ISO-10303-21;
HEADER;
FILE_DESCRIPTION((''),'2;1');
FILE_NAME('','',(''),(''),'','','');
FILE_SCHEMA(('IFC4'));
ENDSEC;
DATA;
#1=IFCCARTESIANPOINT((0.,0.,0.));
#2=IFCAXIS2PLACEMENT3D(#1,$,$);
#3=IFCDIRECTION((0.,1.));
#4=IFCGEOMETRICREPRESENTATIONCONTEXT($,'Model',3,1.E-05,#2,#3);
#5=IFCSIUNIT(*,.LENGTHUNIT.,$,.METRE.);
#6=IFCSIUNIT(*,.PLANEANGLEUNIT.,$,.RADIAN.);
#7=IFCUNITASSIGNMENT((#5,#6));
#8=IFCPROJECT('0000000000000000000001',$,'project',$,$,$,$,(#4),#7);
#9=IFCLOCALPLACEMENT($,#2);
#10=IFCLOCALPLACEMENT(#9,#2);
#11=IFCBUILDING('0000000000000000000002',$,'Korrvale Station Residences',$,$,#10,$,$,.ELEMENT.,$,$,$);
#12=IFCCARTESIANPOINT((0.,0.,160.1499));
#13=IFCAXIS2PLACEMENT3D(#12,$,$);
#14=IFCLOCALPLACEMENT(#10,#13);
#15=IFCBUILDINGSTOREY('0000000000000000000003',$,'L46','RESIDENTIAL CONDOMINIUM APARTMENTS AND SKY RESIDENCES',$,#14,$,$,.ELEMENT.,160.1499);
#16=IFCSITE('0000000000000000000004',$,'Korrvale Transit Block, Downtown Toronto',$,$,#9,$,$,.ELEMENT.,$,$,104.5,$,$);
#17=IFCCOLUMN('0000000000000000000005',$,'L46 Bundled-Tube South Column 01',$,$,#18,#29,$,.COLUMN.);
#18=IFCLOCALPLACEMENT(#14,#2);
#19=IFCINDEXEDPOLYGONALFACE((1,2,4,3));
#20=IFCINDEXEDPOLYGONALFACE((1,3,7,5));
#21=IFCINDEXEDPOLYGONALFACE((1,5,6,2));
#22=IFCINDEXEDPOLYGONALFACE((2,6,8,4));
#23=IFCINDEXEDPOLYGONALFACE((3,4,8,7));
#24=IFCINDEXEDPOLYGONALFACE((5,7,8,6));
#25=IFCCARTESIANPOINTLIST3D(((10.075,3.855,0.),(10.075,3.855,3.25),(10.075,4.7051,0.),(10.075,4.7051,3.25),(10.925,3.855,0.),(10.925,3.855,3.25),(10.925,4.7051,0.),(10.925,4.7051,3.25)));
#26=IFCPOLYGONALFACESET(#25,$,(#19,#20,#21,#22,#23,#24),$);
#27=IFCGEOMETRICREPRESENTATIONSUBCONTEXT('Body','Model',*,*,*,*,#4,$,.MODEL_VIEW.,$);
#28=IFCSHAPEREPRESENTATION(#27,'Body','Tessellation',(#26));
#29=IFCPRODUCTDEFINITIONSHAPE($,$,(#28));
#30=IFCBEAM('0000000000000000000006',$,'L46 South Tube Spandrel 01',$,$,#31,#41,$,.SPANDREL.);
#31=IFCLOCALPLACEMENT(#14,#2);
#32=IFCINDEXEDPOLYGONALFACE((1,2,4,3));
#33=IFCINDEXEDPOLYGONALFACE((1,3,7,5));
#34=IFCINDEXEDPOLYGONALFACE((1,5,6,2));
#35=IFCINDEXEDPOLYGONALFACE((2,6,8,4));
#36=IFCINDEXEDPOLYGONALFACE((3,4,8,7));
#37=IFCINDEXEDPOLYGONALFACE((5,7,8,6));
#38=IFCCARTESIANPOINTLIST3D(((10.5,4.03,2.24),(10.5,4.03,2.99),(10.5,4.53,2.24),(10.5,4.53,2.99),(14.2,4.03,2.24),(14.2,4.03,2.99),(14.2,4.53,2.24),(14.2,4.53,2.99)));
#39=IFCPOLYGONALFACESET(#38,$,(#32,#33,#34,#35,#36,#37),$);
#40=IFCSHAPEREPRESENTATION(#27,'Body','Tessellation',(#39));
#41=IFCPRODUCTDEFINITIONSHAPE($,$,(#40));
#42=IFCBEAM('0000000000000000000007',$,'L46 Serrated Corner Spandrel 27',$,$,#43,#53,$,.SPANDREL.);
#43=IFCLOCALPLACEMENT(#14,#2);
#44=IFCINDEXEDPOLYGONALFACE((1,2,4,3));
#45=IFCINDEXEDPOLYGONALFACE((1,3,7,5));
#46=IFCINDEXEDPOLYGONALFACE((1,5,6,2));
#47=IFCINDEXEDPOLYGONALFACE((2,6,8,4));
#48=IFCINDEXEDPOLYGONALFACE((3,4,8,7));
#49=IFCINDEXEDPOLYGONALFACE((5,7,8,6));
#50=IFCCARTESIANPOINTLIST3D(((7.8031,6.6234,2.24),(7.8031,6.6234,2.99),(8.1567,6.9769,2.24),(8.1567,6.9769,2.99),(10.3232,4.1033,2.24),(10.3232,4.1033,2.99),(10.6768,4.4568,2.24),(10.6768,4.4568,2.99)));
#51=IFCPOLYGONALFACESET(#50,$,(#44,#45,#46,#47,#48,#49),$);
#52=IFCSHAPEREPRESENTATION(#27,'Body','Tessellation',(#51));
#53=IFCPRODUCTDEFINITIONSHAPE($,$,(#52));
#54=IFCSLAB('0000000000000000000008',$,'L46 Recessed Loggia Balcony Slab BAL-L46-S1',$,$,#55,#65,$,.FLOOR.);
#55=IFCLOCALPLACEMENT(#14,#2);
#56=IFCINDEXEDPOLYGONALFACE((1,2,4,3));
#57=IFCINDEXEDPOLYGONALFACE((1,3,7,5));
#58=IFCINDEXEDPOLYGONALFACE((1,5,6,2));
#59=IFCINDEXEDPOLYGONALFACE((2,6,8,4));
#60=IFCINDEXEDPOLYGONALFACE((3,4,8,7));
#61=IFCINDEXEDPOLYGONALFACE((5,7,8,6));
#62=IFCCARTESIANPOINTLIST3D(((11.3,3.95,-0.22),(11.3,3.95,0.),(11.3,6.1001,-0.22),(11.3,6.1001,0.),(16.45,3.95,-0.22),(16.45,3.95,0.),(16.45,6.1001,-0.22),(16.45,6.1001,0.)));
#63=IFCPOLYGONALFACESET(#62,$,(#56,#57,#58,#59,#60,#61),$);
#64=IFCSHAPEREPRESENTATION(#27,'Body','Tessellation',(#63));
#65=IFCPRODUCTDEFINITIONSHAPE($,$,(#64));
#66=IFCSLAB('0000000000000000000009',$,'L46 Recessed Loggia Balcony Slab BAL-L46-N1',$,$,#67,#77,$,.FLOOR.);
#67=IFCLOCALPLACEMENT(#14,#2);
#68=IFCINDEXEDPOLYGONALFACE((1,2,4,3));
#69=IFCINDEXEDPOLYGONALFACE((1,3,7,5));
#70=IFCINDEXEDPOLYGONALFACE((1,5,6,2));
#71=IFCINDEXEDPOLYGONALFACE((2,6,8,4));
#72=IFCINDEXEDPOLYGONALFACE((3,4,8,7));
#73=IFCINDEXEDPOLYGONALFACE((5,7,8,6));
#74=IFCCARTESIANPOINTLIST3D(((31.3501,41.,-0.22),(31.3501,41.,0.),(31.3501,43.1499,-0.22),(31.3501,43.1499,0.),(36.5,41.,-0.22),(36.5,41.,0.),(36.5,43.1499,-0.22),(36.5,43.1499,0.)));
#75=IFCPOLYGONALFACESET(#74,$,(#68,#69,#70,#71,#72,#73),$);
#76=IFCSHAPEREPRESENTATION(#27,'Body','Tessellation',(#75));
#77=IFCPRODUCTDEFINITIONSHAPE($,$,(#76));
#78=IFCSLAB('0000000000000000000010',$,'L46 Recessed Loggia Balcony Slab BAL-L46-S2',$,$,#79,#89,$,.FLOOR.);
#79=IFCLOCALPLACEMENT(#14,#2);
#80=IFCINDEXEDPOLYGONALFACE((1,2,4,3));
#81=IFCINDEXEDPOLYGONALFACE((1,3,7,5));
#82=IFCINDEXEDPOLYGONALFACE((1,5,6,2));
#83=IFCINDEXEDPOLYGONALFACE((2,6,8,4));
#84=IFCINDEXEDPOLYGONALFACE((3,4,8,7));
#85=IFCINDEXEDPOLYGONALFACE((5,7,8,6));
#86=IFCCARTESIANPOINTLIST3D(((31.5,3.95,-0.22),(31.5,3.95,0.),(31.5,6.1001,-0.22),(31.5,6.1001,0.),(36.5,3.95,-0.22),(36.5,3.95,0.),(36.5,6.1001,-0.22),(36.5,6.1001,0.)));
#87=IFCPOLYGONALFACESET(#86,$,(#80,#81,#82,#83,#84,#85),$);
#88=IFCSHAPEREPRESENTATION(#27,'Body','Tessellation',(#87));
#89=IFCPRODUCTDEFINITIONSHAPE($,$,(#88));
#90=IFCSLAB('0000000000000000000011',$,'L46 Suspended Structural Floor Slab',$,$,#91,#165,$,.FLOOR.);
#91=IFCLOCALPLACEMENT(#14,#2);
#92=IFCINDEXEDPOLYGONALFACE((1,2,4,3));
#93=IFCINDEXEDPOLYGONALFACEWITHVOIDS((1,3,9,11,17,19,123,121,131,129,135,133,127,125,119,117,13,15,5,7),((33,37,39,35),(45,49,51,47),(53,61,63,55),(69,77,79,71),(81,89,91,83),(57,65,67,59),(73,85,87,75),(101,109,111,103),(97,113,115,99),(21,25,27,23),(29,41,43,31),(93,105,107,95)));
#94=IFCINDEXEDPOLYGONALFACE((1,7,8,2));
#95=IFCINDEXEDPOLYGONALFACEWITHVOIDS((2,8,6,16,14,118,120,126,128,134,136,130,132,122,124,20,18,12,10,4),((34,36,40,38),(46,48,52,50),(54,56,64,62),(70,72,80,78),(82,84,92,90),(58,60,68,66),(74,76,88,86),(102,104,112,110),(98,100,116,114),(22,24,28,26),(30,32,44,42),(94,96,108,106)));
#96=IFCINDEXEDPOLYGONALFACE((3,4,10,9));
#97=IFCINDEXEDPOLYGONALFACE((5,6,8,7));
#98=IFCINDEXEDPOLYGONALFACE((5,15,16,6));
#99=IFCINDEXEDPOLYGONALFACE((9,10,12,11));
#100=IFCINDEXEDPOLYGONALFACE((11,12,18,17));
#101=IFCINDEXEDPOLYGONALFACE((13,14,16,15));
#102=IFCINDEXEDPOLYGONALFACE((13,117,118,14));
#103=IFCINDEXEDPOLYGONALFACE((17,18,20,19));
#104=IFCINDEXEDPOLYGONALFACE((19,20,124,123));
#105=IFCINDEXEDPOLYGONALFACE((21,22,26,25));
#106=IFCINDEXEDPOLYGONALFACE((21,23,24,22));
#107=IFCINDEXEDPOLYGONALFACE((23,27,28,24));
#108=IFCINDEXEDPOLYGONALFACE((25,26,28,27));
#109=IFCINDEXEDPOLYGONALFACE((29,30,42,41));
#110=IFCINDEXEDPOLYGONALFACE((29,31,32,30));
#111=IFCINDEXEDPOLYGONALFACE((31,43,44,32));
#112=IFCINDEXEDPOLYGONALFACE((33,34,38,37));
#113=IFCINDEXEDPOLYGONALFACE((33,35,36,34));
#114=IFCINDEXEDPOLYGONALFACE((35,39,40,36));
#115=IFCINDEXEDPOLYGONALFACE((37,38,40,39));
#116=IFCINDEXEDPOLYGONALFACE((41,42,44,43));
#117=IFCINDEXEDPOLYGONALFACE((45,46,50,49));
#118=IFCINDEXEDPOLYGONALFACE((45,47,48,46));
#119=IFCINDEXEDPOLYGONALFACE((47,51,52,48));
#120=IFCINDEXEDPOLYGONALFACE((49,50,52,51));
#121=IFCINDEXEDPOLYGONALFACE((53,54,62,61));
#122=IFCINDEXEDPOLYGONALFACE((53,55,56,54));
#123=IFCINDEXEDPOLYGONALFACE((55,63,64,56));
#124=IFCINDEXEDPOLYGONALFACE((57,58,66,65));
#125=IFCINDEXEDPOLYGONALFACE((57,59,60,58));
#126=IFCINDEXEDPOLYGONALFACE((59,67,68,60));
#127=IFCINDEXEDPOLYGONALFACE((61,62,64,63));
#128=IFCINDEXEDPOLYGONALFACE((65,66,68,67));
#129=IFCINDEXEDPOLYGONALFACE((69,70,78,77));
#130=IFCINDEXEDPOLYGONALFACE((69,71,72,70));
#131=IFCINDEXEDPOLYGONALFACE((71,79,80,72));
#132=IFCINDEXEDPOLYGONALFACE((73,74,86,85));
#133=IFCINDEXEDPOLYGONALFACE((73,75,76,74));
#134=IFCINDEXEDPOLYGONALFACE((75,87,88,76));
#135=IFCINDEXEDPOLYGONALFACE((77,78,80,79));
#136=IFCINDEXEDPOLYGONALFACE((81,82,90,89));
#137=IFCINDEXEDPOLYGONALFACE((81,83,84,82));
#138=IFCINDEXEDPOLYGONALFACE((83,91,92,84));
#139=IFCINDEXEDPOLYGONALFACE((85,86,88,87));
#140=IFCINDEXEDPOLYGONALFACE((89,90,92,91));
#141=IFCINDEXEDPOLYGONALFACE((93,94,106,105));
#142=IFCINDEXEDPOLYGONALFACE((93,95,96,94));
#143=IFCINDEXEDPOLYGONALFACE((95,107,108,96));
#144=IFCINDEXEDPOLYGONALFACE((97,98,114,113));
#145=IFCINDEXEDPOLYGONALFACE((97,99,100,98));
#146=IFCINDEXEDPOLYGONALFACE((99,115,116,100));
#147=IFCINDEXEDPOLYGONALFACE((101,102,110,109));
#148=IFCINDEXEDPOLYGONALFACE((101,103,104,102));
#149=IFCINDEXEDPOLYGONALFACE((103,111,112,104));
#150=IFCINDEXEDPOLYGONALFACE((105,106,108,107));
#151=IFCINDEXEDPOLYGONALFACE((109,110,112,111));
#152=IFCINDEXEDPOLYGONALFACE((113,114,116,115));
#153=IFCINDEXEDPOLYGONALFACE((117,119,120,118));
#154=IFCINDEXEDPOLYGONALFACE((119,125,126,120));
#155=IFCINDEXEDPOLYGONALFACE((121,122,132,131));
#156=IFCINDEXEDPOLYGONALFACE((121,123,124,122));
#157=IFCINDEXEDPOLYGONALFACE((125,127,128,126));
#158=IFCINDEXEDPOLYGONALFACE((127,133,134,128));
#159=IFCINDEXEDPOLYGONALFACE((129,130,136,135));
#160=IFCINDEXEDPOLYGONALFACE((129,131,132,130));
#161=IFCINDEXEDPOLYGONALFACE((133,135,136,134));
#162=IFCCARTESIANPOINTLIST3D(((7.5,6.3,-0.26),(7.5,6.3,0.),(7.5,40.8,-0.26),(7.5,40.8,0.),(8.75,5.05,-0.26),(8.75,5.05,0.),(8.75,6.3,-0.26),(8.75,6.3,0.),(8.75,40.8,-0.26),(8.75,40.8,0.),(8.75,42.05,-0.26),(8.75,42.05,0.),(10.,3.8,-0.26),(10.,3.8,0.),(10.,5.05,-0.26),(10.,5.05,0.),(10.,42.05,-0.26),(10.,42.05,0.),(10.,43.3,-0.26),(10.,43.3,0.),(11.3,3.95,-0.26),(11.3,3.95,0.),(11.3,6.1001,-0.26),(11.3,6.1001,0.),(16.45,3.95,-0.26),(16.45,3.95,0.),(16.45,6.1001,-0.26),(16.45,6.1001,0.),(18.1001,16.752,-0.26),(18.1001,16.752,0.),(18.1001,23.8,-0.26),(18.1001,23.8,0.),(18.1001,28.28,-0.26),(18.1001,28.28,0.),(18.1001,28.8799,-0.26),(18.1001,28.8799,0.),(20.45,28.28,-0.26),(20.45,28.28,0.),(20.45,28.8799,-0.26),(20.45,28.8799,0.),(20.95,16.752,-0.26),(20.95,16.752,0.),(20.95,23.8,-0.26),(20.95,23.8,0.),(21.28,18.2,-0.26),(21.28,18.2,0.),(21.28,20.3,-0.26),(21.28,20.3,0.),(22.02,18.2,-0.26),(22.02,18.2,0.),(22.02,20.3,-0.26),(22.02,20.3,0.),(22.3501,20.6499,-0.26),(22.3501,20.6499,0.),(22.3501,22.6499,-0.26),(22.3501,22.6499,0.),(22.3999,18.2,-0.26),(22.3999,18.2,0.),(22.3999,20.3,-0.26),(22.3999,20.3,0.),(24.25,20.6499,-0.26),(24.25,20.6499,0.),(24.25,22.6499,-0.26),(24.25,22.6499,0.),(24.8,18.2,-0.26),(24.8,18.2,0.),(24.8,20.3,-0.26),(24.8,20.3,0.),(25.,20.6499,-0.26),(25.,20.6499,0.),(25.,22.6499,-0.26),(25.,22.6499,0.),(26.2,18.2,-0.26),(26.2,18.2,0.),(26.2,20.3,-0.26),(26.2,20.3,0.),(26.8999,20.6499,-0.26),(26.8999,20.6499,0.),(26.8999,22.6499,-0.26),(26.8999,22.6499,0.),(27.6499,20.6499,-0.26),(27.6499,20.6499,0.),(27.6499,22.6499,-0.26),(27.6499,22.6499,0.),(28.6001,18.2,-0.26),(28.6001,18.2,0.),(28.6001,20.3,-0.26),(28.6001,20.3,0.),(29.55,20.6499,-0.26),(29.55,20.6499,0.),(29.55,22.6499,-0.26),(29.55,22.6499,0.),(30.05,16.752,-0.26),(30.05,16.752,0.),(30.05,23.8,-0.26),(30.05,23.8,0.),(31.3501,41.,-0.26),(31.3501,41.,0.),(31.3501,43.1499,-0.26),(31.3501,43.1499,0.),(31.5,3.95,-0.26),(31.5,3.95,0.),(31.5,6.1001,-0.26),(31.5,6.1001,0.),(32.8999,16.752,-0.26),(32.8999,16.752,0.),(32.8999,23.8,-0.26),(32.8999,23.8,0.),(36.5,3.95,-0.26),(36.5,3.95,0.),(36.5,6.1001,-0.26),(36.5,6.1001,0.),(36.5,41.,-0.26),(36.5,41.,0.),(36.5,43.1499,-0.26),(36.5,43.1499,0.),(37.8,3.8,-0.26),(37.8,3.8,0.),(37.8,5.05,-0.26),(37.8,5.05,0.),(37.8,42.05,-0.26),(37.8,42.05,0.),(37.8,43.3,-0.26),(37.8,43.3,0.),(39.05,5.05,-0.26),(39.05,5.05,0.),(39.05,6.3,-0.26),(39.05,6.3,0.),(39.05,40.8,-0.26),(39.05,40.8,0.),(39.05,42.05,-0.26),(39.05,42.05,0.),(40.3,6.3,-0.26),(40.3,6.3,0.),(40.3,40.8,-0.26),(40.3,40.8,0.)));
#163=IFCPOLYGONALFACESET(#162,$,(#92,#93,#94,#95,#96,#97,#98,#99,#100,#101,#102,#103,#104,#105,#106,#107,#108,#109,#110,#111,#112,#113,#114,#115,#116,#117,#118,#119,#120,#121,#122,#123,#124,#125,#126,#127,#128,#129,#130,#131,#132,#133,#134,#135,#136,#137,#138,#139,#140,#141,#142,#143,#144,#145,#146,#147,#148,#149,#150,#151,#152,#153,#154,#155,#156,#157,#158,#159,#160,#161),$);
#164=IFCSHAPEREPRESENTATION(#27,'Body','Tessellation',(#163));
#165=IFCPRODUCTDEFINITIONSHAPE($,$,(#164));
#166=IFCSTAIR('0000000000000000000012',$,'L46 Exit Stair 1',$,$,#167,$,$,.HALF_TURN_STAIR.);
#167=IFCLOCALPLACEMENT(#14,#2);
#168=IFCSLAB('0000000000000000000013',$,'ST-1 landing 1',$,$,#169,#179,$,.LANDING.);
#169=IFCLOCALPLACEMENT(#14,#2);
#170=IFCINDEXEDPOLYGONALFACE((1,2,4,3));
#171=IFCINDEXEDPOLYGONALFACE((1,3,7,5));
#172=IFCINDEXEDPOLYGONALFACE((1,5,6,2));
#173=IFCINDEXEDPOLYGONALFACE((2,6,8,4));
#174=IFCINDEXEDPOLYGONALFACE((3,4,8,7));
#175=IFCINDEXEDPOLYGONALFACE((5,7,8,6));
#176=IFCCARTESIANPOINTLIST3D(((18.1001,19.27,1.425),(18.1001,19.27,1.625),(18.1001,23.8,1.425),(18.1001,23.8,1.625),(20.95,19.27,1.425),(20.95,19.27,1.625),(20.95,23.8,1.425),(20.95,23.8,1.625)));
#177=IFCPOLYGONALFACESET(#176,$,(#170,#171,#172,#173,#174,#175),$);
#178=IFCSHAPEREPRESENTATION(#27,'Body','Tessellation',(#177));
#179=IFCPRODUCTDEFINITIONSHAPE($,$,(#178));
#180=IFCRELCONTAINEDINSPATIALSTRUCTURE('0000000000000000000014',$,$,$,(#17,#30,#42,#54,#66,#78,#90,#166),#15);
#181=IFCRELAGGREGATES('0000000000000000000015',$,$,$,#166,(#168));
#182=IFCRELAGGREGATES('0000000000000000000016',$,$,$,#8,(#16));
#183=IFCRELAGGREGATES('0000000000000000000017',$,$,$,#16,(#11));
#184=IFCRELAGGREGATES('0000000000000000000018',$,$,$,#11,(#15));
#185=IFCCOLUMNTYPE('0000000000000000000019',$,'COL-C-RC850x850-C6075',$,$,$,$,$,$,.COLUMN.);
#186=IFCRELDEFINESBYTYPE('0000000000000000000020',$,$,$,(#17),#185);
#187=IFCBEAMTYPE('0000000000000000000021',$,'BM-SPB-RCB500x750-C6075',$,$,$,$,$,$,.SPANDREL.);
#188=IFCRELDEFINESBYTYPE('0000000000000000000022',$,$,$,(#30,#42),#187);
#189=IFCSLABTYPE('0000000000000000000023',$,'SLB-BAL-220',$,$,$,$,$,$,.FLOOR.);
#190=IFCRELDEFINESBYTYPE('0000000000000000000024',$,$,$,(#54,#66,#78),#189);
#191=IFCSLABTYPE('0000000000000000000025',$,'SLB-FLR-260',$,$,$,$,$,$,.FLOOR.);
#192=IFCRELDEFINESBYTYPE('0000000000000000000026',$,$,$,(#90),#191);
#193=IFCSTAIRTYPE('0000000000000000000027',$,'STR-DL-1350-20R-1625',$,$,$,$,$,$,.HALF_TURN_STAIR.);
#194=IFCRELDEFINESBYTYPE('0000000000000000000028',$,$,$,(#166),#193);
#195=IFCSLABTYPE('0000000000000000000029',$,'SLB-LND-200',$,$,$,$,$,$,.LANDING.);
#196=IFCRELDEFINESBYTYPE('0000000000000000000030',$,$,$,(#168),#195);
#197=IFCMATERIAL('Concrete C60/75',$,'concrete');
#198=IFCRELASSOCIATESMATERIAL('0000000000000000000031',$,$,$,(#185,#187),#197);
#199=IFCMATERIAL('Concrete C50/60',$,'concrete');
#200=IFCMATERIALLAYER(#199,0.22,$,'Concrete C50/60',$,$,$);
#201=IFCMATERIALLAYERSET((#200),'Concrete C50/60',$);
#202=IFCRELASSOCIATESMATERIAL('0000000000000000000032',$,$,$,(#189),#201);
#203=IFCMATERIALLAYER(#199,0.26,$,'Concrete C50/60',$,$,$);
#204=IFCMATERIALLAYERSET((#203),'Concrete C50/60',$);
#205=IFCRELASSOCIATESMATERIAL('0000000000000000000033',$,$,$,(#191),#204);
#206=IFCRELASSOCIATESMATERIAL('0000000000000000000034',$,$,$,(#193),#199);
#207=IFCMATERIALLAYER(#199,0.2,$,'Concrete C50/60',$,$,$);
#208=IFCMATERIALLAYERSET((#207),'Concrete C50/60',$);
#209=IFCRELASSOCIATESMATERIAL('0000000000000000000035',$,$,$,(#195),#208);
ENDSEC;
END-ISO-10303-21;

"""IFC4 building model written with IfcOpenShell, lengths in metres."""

from ifc_helpers import new_model, si_unit, direction, frame, origin, origin_2d, place, context, subcontext, project, spatial, polyline, rectangle, outline, extrude, material, layer, layer_set, material_profile, profile_set, type_object, element, aggregate, save


model = new_model("IFC4")

# Units and contexts
model_context = context("Model", 3, precision=1e-05, world=origin(), true_north=direction((0.0, 1.0)))
body_context = subcontext(model_context, "Body", "Model", "MODEL_VIEW")
ifc_project = project(units=[si_unit("LENGTHUNIT", "METRE"), si_unit("PLANEANGLEUNIT", "RADIAN")], contexts=[model_context])

# Site, building, storey
site_placement = place(None, origin())
site = spatial("IfcSite", under=ifc_project, at=site_placement, Name="Korrvale Transit Block, Downtown Toronto", CompositionType="ELEMENT", RefElevation=104.5)
building_placement = place(site_placement, origin())
building = spatial("IfcBuilding", under=site, at=building_placement, Name="Korrvale Station Residences", CompositionType="ELEMENT")
storey_placement = place(building_placement, frame((0.0, 0.0, 160.1499)))
storey = spatial("IfcBuildingStorey", under=building, at=storey_placement, Name="L46", Description="RESIDENTIAL CONDOMINIUM APARTMENTS AND SKY RESIDENCES", CompositionType="ELEMENT", Elevation=160.1499)

# Column
ifc_material_1 = material(Name="Concrete C60/75", Category="concrete")
ifc_material_profile_1 = material_profile(ifc_material_1, rectangle(XDim=0.8501, YDim=0.8501, at=origin_2d()), Name="RC850x850")
ifc_profile_set_1 = profile_set([ifc_material_profile_1], Name="Concrete C60/75")
column_type = type_object("IfcColumnType", Name="COL-C-RC850x850-C6075", PredefinedType="COLUMN", material=ifc_profile_set_1)
column_placement = place(storey_placement, frame((10.5, 4.28, 0.0), z_axis=(0.0, 0.0, 1.0), x_axis=(1.0, 0.0, 0.0)))
element("IfcColumn", 1, at=column_placement, inside=storey, type_object=column_type, Name="L46 Bundled-Tube South Column 01", PredefinedType="COLUMN", context=body_context, shape_type="SweptSolid", body=[
    extrude(rectangle(XDim=0.8501, YDim=0.8501, at=origin_2d()), origin(), (0.0, 0.0, 1.0), 3.25),
])

# Beams
ifc_material_profile_2 = material_profile(ifc_material_1, rectangle(XDim=0.5, YDim=0.75, at=origin_2d()), Name="RCB500x750")
ifc_profile_set_2 = profile_set([ifc_material_profile_2], Name="Concrete C60/75")
beam_type = type_object("IfcBeamType", Name="BM-SPB-RCB500x750-C6075", PredefinedType="SPANDREL", material=ifc_profile_set_2)
beam_1_placement = place(storey_placement, frame((10.5, 4.28, 2.615), z_axis=(1.0, 0.0, 0.0), x_axis=(0.0, 1.0, 0.0)))
element("IfcBeam", 2, at=beam_1_placement, inside=storey, type_object=beam_type, Name="L46 South Tube Spandrel 01", PredefinedType="SPANDREL", context=body_context, shape_type="SweptSolid", body=[
    extrude(rectangle(XDim=0.5, YDim=0.75, at=origin_2d()), origin(), (0.0, 0.0, 1.0), 3.7),
])
beam_2_placement = place(storey_placement, frame((10.5, 4.28, 2.615), z_axis=(-0.707107, 0.707107, 0.0), x_axis=(-0.707107, -0.707107, 0.0)))
element("IfcBeam", 3, at=beam_2_placement, inside=storey, type_object=beam_type, Name="L46 Serrated Corner Spandrel 27", PredefinedType="SPANDREL", context=body_context, shape_type="SweptSolid", body=[
    extrude(rectangle(XDim=0.5, YDim=0.75, at=origin_2d()), origin(), (0.0, 0.0, 1.0), 3.564),
])

# Slabs
ifc_material_2 = material(Name="Concrete C50/60", Category="concrete")
ifc_layer_1 = layer(ifc_material_2, 0.22, Name="Concrete C50/60")
ifc_layer_set_1 = layer_set([ifc_layer_1], Name="Concrete C50/60")
slab_type_1 = type_object("IfcSlabType", Name="SLB-BAL-220", PredefinedType="FLOOR", material=ifc_layer_set_1)
slab_1_placement = place(storey_placement, frame((0.0, 0.0, -0.22)))
element("IfcSlab", 4, at=slab_1_placement, inside=storey, type_object=slab_type_1, Name="L46 Recessed Loggia Balcony Slab BAL-L46-S1", PredefinedType="FLOOR", context=body_context, shape_type="SweptSolid", body=[
    extrude(outline(polyline([(11.3, 3.95), (16.45, 3.95), (16.45, 6.1001), (11.3, 6.1001), (11.3, 3.95)])), origin(), (0.0, 0.0, 1.0), 0.22),
])
slab_2_placement = place(storey_placement, frame((0.0, 0.0, -0.22)))
element("IfcSlab", 5, at=slab_2_placement, inside=storey, type_object=slab_type_1, Name="L46 Recessed Loggia Balcony Slab BAL-L46-N1", PredefinedType="FLOOR", context=body_context, shape_type="SweptSolid", body=[
    extrude(outline(polyline([(31.3501, 41.0), (36.5, 41.0), (36.5, 43.1499), (31.3501, 43.1499), (31.3501, 41.0)])), origin(), (0.0, 0.0, 1.0), 0.22),
])
slab_3_placement = place(storey_placement, frame((0.0, 0.0, -0.22)))
element("IfcSlab", 6, at=slab_3_placement, inside=storey, type_object=slab_type_1, Name="L46 Recessed Loggia Balcony Slab BAL-L46-S2", PredefinedType="FLOOR", context=body_context, shape_type="SweptSolid", body=[
    extrude(outline(polyline([(31.5, 3.95), (36.5, 3.95), (36.5, 6.1001), (31.5, 6.1001), (31.5, 3.95)])), origin(), (0.0, 0.0, 1.0), 0.22),
])
ifc_layer_2 = layer(ifc_material_2, 0.26, Name="Concrete C50/60")
ifc_layer_set_2 = layer_set([ifc_layer_2], Name="Concrete C50/60")
slab_type_2 = type_object("IfcSlabType", Name="SLB-FLR-260", PredefinedType="FLOOR", material=ifc_layer_set_2)
slab_4_placement = place(storey_placement, frame((0.0, 0.0, -0.26)))
element("IfcSlab", 7, at=slab_4_placement, inside=storey, type_object=slab_type_2, Name="L46 Suspended Structural Floor Slab", PredefinedType="FLOOR", context=body_context, shape_type="SweptSolid", body=[
    extrude(outline(polyline([(10.0, 3.8), (37.8, 3.8), (37.8, 5.05), (39.05, 5.05), (39.05, 6.3), (40.3, 6.3), (40.3, 40.8), (39.05, 40.8), (39.05, 42.05), (37.8, 42.05), (37.8, 43.3), (10.0, 43.3), (10.0, 42.05), (8.75, 42.05), (8.75, 40.8), (7.5, 40.8), (7.5, 6.3), (8.75, 6.3), (8.75, 5.05), (10.0, 5.05), (10.0, 3.8)]), holes=[polyline([(20.95, 16.752), (20.95, 23.8), (18.1001, 23.8), (18.1001, 16.752), (20.95, 16.752)]), polyline([(32.8999, 16.752), (32.8999, 23.8), (30.05, 23.8), (30.05, 16.752), (32.8999, 16.752)]), polyline([(22.3501, 20.6499), (24.25, 20.6499), (24.25, 22.6499), (22.3501, 22.6499), (22.3501, 20.6499)]), polyline([(25.0, 20.6499), (26.8999, 20.6499), (26.8999, 22.6499), (25.0, 22.6499), (25.0, 20.6499)]), polyline([(27.6499, 20.6499), (29.55, 20.6499), (29.55, 22.6499), (27.6499, 22.6499), (27.6499, 20.6499)]), polyline([(22.3999, 18.2), (24.8, 18.2), (24.8, 20.3), (22.3999, 20.3), (22.3999, 18.2)]), polyline([(26.2, 18.2), (28.6001, 18.2), (28.6001, 20.3), (26.2, 20.3), (26.2, 18.2)]), polyline([(18.1001, 28.28), (20.45, 28.28), (20.45, 28.8799), (18.1001, 28.8799), (18.1001, 28.28)]), polyline([(21.28, 18.2), (22.02, 18.2), (22.02, 20.3), (21.28, 20.3), (21.28, 18.2)]), polyline([(11.3, 3.95), (16.45, 3.95), (16.45, 6.1001), (11.3, 6.1001), (11.3, 3.95)]), polyline([(31.3501, 41.0), (36.5, 41.0), (36.5, 43.1499), (31.3501, 43.1499), (31.3501, 41.0)]), polyline([(31.5, 3.95), (36.5, 3.95), (36.5, 6.1001), (31.5, 6.1001), (31.5, 3.95)])]), origin(), (0.0, 0.0, 1.0), 0.26),
])

# Stair, slab
stair_type = type_object("IfcStairType", Name="STR-DL-1350-20R-1625", PredefinedType="HALF_TURN_STAIR", material=ifc_material_2)
stair_1_placement = place(storey_placement, origin())
stair_1 = element("IfcStair", 8, at=stair_1_placement, inside=storey, type_object=stair_type, Name="L46 Exit Stair 1", PredefinedType="HALF_TURN_STAIR")
ifc_layer_3 = layer(ifc_material_2, 0.2, Name="Concrete C50/60")
ifc_layer_set_3 = layer_set([ifc_layer_3], Name="Concrete C50/60")
slab_type_3 = type_object("IfcSlabType", Name="SLB-LND-200", PredefinedType="LANDING", material=ifc_layer_set_3)
slab_5_placement = place(storey_placement, frame((0.0, 0.0, 1.425)))
slab_5 = element("IfcSlab", 9, at=slab_5_placement, type_object=slab_type_3, Name="ST-1 landing 1", PredefinedType="LANDING", context=body_context, shape_type="SweptSolid", body=[
    extrude(outline(polyline([(20.95, 19.27), (20.95, 23.8), (18.1001, 23.8), (18.1001, 19.27), (20.95, 19.27)])), origin(), (0.0, 0.0, 1.0), 0.2),
])
aggregate(stair_1, [slab_5])

save(model, "model.ifc")
